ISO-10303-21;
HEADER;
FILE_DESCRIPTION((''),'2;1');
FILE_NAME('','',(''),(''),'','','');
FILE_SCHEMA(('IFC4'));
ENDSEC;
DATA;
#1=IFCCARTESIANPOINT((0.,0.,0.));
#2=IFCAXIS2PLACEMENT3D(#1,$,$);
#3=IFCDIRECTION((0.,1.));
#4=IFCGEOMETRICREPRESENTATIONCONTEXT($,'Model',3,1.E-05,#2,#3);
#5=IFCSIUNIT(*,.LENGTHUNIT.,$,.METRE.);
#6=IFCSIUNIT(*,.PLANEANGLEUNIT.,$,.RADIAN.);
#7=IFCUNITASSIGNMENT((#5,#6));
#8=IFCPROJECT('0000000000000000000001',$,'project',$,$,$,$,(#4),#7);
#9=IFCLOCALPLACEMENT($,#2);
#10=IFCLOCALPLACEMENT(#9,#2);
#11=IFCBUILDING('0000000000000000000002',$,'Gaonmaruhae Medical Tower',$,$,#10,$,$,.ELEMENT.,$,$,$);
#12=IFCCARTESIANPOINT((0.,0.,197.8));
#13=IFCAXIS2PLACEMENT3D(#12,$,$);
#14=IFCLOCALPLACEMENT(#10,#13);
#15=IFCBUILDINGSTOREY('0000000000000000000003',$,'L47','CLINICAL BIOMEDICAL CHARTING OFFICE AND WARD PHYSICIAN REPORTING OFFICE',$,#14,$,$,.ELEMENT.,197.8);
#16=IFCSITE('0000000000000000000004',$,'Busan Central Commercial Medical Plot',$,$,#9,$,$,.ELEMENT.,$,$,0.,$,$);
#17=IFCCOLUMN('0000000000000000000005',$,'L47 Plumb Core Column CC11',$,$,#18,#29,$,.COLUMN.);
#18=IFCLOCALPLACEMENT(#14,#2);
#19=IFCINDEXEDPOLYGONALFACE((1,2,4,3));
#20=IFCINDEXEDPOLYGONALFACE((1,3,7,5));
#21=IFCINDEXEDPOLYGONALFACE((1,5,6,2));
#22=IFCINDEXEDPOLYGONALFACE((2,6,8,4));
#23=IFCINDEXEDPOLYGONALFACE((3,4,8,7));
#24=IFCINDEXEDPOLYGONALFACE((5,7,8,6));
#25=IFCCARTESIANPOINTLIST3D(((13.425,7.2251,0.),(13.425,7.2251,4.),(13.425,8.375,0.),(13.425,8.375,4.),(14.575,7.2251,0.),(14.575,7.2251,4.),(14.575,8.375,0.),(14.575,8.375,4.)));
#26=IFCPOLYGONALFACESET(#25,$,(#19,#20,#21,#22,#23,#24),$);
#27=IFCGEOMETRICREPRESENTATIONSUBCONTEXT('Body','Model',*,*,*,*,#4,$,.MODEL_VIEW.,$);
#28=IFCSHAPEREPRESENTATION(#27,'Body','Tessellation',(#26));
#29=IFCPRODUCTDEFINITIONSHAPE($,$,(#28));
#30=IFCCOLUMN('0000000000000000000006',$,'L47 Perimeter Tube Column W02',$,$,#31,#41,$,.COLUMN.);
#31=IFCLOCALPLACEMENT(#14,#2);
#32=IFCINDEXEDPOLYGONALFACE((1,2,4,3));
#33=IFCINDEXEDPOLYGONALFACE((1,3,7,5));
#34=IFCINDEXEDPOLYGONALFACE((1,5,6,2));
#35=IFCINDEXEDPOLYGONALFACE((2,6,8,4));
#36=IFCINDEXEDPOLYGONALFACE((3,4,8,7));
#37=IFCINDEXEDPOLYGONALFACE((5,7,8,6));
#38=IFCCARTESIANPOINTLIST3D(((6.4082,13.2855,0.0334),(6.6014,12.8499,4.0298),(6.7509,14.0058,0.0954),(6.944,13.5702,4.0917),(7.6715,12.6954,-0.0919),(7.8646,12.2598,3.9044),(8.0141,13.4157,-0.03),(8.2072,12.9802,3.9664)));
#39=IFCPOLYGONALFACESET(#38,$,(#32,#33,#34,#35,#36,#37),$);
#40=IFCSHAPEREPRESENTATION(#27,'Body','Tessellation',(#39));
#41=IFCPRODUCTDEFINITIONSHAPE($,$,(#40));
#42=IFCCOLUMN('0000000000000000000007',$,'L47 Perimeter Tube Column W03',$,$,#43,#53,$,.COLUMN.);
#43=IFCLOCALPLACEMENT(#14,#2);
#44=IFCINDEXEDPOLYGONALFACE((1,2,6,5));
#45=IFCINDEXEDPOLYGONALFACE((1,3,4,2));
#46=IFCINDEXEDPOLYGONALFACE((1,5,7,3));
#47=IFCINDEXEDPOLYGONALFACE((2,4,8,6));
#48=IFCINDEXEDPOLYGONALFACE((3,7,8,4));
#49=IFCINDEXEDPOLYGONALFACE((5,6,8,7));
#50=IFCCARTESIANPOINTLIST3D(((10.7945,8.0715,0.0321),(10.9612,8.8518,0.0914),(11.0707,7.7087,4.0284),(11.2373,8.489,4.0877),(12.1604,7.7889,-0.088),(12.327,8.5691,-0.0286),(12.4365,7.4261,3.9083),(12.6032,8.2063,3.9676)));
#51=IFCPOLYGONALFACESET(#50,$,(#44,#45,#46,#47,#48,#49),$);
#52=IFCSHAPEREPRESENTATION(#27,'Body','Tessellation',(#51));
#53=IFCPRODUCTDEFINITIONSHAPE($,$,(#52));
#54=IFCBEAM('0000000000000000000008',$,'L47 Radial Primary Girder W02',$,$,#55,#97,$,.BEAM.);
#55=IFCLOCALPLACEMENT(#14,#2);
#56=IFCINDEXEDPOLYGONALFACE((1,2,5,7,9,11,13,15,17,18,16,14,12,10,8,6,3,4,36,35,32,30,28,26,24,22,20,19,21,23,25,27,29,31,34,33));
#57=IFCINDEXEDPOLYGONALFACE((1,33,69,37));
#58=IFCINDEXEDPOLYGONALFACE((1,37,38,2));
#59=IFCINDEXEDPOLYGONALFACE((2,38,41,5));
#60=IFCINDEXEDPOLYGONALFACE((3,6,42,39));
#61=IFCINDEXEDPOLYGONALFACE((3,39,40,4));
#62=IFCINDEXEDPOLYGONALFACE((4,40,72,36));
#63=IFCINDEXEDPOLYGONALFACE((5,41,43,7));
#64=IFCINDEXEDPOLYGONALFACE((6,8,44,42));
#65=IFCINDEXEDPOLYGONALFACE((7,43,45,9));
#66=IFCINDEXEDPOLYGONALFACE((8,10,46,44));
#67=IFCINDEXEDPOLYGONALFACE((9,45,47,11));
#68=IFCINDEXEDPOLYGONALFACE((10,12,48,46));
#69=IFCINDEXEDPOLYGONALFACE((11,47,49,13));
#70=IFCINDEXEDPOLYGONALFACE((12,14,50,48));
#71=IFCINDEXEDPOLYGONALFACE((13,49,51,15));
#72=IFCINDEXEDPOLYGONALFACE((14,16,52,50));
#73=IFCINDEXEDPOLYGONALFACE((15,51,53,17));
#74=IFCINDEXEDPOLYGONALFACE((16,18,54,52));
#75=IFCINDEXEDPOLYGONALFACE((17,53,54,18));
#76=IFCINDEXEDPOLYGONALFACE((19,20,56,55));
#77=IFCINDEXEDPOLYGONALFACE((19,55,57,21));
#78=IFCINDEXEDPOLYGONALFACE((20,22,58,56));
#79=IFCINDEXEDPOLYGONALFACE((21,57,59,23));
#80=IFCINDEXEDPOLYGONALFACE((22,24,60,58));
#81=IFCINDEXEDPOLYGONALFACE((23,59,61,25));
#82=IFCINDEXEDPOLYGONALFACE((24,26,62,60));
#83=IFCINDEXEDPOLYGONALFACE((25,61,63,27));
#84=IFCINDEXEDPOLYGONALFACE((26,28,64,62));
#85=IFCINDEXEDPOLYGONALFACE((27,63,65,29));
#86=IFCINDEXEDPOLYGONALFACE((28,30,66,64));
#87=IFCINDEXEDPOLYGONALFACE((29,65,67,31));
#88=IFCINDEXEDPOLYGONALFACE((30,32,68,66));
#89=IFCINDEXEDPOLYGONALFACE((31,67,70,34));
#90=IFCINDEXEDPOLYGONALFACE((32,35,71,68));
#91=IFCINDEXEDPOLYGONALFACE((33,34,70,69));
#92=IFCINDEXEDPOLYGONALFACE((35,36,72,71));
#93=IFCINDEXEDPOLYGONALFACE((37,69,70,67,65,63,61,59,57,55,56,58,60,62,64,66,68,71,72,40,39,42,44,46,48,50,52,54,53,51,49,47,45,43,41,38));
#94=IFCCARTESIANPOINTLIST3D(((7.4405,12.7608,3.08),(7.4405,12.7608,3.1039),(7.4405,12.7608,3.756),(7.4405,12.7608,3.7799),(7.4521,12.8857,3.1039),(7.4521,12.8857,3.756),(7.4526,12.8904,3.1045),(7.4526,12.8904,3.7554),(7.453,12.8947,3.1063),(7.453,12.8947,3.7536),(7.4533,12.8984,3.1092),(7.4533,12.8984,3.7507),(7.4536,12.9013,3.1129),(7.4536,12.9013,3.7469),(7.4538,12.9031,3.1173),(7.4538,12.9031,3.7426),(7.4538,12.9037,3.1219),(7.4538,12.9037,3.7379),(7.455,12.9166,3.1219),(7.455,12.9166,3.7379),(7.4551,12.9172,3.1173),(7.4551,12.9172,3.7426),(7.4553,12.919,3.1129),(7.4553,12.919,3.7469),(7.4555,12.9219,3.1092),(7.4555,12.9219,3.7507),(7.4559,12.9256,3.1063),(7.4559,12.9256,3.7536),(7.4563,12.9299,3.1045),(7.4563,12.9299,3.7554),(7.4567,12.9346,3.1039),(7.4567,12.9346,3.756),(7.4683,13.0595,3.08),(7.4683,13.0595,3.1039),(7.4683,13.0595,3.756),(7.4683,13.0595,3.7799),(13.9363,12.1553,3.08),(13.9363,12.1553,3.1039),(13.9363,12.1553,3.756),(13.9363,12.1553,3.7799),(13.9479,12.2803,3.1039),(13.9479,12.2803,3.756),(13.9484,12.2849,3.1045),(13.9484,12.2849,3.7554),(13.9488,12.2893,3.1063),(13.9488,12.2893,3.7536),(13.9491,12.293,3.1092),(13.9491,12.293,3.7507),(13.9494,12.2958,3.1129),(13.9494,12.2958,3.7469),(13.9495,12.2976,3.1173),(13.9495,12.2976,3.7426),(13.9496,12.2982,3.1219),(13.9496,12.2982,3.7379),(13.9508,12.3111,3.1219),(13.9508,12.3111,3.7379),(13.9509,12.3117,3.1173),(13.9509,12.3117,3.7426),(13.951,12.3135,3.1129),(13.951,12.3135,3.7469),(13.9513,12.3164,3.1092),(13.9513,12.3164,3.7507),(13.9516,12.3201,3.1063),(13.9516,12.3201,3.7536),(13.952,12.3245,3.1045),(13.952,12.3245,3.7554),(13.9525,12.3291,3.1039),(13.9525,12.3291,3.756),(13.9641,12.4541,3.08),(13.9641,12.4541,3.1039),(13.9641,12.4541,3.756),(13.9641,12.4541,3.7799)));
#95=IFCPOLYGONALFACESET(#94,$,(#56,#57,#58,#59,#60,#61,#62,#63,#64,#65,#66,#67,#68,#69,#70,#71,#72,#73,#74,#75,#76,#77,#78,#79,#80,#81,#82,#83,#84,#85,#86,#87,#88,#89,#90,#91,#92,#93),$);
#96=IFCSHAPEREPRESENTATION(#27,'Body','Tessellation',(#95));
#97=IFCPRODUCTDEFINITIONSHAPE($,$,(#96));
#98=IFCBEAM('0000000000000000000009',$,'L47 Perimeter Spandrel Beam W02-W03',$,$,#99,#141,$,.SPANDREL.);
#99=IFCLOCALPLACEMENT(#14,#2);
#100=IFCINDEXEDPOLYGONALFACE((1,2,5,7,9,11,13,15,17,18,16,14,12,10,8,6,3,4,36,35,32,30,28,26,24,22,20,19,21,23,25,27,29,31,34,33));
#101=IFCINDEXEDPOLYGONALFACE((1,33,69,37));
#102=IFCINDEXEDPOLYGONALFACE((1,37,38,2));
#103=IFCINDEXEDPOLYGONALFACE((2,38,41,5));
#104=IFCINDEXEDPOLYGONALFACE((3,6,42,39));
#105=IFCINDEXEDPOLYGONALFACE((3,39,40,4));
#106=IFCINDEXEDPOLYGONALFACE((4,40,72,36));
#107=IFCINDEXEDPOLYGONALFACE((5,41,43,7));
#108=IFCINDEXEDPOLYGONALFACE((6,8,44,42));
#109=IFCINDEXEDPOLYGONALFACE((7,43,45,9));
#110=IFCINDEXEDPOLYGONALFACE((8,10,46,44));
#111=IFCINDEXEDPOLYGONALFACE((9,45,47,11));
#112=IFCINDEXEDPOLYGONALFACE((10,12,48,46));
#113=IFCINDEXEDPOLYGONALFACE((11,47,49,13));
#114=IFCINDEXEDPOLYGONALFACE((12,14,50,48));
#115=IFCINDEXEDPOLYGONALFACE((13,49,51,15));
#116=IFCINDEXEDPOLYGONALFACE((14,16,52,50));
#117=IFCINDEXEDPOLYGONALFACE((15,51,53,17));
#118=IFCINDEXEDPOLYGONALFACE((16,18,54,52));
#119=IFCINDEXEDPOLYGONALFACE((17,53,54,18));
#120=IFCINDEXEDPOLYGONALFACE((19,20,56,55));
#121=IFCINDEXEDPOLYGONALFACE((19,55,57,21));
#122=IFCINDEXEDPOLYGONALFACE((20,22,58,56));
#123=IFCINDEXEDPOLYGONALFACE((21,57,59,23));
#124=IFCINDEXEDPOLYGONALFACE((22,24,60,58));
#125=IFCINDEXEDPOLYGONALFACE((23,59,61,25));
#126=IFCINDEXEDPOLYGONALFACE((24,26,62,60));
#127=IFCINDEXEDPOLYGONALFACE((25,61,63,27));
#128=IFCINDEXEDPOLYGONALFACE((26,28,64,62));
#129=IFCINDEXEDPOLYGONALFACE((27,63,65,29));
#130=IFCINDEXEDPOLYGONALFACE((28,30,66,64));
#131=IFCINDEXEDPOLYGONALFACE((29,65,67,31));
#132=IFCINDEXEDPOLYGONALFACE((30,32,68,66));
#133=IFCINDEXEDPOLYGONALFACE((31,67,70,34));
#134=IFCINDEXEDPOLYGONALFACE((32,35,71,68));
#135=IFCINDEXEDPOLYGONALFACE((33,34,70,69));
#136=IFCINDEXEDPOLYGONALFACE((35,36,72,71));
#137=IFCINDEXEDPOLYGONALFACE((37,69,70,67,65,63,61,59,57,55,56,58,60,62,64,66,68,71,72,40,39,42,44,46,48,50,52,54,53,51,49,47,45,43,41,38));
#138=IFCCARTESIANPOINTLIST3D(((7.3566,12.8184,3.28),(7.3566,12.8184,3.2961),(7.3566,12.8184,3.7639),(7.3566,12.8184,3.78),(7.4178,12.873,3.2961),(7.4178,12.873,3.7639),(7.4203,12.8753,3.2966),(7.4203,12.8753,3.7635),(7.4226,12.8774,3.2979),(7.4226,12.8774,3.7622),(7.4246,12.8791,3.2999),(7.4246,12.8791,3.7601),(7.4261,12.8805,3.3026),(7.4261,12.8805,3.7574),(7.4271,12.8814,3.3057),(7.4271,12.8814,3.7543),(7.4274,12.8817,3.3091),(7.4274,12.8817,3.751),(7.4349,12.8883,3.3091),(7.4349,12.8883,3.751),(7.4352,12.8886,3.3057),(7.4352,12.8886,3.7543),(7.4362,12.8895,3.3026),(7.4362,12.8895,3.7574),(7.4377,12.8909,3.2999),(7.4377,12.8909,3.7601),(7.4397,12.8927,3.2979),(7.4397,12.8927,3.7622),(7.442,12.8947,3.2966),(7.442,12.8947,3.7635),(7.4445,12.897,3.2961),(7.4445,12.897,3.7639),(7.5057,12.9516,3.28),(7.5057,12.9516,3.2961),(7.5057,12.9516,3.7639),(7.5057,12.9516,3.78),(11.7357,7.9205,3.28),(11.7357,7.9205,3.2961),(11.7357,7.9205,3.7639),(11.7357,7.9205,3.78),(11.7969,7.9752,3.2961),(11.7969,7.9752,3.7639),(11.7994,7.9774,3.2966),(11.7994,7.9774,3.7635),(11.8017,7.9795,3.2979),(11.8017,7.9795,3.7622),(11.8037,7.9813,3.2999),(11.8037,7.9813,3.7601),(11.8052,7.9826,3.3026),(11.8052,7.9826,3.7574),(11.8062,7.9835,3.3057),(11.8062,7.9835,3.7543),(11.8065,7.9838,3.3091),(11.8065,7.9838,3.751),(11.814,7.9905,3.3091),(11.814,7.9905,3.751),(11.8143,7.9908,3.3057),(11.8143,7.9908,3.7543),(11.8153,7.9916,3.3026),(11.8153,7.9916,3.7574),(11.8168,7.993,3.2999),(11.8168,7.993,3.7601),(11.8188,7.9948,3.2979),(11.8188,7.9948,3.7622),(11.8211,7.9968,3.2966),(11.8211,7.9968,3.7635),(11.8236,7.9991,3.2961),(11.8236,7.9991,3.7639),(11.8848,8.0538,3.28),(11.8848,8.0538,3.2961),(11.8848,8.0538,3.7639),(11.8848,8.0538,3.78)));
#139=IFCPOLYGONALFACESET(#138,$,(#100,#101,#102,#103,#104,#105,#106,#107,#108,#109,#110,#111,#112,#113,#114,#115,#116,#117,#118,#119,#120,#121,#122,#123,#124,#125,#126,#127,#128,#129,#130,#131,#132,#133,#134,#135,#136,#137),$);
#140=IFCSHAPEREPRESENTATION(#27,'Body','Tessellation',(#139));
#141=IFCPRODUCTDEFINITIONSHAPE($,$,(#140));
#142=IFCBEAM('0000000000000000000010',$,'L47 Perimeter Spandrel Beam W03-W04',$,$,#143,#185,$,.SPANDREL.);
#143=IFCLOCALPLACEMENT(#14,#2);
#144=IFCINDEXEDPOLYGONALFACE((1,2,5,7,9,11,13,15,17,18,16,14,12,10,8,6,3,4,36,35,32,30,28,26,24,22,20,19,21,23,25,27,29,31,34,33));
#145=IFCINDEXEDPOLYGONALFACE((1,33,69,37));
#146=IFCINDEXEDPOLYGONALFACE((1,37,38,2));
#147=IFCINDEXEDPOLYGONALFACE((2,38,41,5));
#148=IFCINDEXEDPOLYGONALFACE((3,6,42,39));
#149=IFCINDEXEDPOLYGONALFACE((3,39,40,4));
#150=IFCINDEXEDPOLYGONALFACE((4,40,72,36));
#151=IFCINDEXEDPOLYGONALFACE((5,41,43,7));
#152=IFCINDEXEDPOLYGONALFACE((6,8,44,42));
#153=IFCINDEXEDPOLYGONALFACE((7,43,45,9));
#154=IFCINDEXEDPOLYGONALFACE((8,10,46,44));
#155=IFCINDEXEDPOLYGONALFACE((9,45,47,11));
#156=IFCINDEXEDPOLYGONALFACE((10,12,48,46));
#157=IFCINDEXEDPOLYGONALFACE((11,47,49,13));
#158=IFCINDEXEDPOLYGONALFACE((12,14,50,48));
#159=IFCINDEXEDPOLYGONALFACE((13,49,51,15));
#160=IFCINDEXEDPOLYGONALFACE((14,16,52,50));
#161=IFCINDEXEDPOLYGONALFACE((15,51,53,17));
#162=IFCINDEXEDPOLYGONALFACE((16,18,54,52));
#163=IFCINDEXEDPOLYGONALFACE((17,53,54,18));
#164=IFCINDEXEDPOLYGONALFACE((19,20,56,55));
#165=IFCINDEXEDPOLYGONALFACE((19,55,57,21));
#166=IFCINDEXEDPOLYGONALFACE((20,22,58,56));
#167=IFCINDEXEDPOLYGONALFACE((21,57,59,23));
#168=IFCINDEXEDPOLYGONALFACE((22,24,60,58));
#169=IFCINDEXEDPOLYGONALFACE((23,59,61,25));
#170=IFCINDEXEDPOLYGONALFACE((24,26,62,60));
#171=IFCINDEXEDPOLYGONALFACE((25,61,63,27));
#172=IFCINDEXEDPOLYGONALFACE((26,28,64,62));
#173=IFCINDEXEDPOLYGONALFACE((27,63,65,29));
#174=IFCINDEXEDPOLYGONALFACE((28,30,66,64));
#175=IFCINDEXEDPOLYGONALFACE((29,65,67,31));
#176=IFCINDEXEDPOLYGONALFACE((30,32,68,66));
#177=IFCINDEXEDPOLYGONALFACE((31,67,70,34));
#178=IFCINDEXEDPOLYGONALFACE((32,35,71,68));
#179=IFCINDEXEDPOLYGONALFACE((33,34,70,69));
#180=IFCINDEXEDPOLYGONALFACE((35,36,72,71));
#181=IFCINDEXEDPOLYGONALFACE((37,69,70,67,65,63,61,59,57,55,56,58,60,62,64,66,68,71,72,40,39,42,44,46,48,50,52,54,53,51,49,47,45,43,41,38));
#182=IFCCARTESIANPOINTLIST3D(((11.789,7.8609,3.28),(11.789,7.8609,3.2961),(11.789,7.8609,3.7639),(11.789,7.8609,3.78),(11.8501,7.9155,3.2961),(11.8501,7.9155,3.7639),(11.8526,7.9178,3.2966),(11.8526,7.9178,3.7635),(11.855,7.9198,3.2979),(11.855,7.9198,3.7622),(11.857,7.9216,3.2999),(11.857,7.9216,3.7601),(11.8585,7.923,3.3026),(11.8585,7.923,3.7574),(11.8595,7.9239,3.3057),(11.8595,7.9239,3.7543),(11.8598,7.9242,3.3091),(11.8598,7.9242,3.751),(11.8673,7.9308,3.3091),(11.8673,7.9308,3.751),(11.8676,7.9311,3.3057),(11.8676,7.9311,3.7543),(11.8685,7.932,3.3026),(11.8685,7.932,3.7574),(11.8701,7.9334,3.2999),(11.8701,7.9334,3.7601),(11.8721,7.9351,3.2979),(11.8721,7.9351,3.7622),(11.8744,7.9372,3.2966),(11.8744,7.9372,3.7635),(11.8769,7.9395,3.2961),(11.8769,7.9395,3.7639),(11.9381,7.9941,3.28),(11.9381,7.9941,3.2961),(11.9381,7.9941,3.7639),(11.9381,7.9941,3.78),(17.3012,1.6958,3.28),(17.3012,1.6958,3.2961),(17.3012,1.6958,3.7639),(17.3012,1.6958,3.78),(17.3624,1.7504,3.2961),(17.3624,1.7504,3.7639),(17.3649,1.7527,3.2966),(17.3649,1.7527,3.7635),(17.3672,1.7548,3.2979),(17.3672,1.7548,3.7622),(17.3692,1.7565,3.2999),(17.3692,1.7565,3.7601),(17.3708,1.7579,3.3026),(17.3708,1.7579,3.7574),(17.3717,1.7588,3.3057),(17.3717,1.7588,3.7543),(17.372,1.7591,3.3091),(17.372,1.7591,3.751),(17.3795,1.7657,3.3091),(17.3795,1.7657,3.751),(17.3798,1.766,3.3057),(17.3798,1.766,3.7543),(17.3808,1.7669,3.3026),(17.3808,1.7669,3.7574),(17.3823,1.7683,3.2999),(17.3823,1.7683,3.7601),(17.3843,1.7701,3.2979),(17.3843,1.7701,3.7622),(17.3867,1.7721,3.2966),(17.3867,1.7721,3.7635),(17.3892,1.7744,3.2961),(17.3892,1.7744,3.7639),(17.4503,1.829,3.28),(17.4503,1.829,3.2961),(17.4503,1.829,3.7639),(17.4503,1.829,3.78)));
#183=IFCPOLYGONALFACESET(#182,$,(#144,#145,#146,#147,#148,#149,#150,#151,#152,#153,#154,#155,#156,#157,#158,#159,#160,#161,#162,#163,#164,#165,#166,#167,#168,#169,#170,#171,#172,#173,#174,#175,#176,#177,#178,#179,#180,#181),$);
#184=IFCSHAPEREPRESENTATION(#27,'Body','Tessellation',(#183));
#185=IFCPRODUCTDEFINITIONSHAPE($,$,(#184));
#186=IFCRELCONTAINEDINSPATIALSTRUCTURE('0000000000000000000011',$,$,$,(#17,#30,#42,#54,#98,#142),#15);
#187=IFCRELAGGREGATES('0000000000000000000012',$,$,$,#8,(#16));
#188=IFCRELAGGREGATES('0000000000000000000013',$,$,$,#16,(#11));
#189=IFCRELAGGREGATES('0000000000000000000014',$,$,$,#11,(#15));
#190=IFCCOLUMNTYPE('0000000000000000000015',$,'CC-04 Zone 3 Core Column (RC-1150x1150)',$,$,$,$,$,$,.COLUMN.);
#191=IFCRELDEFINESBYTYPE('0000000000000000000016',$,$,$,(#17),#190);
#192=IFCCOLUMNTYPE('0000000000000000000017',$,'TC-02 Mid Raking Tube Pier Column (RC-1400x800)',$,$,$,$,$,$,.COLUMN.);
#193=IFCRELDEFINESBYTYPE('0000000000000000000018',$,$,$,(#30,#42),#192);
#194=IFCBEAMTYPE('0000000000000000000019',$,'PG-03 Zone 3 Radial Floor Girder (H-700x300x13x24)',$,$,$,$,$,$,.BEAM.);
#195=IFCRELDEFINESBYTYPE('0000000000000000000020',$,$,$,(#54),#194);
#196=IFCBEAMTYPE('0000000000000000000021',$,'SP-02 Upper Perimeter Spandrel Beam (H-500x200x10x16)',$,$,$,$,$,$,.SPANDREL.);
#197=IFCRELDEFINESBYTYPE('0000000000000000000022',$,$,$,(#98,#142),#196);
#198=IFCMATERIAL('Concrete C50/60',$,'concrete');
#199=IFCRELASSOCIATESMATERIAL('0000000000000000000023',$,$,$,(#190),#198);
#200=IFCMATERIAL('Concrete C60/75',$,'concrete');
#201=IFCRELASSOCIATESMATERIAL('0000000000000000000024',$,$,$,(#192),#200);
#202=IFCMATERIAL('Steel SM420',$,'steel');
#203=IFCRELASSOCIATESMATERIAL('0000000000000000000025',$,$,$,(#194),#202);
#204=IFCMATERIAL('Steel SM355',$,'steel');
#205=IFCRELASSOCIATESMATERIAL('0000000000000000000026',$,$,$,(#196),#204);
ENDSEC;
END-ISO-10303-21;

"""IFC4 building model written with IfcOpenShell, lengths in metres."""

from ifc_helpers import new_model, si_unit, direction, frame, origin, origin_2d, place, context, subcontext, project, spatial, rectangle, i_section, extrude, material, material_profile, profile_set, type_object, element, save


model = new_model("IFC4")

# Units and contexts
model_context = context("Model", 3, precision=1e-05, world=origin(), true_north=direction((0.0, 1.0)))
body_context = subcontext(model_context, "Body", "Model", "MODEL_VIEW")
ifc_project = project(units=[si_unit("LENGTHUNIT", "METRE"), si_unit("PLANEANGLEUNIT", "RADIAN")], contexts=[model_context])

# Site, building, storey
site_placement = place(None, origin())
site = spatial("IfcSite", under=ifc_project, at=site_placement, Name="Busan Central Commercial Medical Plot", CompositionType="ELEMENT", RefElevation=0.0)
building_placement = place(site_placement, origin())
building = spatial("IfcBuilding", under=site, at=building_placement, Name="Gaonmaruhae Medical Tower", CompositionType="ELEMENT")
storey_placement = place(building_placement, frame((0.0, 0.0, 197.8)))
storey = spatial("IfcBuildingStorey", under=building, at=storey_placement, Name="L47", Description="CLINICAL BIOMEDICAL CHARTING OFFICE AND WARD PHYSICIAN REPORTING OFFICE", CompositionType="ELEMENT", Elevation=197.8)

# Columns
ifc_material_1 = material(Name="Concrete C50/60", Category="concrete")
ifc_material_profile_1 = material_profile(ifc_material_1, rectangle(XDim=1.1499, YDim=1.1499, at=origin_2d()), Name="RC-1150x1150")
ifc_profile_set_1 = profile_set([ifc_material_profile_1], Name="Concrete C50/60")
column_type_1 = type_object("IfcColumnType", Name="CC-04 Zone 3 Core Column (RC-1150x1150)", PredefinedType="COLUMN", material=ifc_profile_set_1)
column_1_placement = place(storey_placement, frame((14.0, 7.8, 0.0), z_axis=(0.0, 0.0, 1.0), x_axis=(1.0, 0.0, 0.0)))
element("IfcColumn", 1, at=column_1_placement, inside=storey, type_object=column_type_1, Name="L47 Plumb Core Column CC11", PredefinedType="COLUMN", context=body_context, shape_type="SweptSolid", body=[
    extrude(rectangle(XDim=1.1499, YDim=1.1499, at=origin_2d()), origin(), (0.0, 0.0, 1.0), 4.0),
])
ifc_material_2 = material(Name="Concrete C60/75", Category="concrete")
ifc_material_profile_2 = material_profile(ifc_material_2, rectangle(XDim=1.3999, YDim=0.8, at=origin_2d()), Name="RC-1400x800")
ifc_profile_set_2 = profile_set([ifc_material_profile_2], Name="Concrete C60/75")
column_type_2 = type_object("IfcColumnType", Name="TC-02 Mid Raking Tube Pier Column (RC-1400x800)", PredefinedType="COLUMN", material=ifc_profile_set_2)
column_2_placement = place(storey_placement, frame((7.2112, 13.3506, 0.0017), z_axis=(0.047983, -0.10822, 0.992968), x_axis=(-0.902387, 0.42152, 0.089546)))
element("IfcColumn", 2, at=column_2_placement, inside=storey, type_object=column_type_2, Name="L47 Perimeter Tube Column W02", PredefinedType="COLUMN", context=body_context, shape_type="SweptSolid", body=[
    extrude(rectangle(XDim=1.3999, YDim=0.8, at=origin_2d()), origin(), (0.0, 0.0, 1.0), 4.0247),
])
column_3_placement = place(storey_placement, frame((11.5608, 8.3203, 0.0017), z_axis=(0.068649, -0.090196, 0.993555), x_axis=(-0.975646, 0.2019, 0.08574)))
element("IfcColumn", 3, at=column_3_placement, inside=storey, type_object=column_type_2, Name="L47 Perimeter Tube Column W03", PredefinedType="COLUMN", context=body_context, shape_type="SweptSolid", body=[
    extrude(rectangle(XDim=1.3999, YDim=0.8, at=origin_2d()), origin(), (0.0, 0.0, 1.0), 4.0222),
])

# Beams
ifc_material_3 = material(Name="Steel SM420", Category="steel")
ifc_material_profile_3 = material_profile(ifc_material_3, i_section(OverallWidth=0.3, OverallDepth=0.7, WebThickness=0.0129, FlangeThickness=0.0239, FilletRadius=0.0181, at=origin_2d()), Name="H-700x300x13x24")
ifc_profile_set_3 = profile_set([ifc_material_profile_3], Name="Steel SM420")
beam_type_1 = type_object("IfcBeamType", Name="PG-03 Zone 3 Radial Floor Girder (H-700x300x13x24)", PredefinedType="BEAM", material=ifc_profile_set_3)
beam_1_placement = place(storey_placement, frame((13.9502, 12.3047, 3.4299), z_axis=(-0.995684, 0.092806, 0.0), x_axis=(-0.092806, -0.995684, 0.0)))
element("IfcBeam", 4, at=beam_1_placement, inside=storey, type_object=beam_type_1, Name="L47 Radial Primary Girder W02", PredefinedType="BEAM", context=body_context, shape_type="SweptSolid", body=[
    extrude(i_section(OverallWidth=0.3, OverallDepth=0.7, WebThickness=0.0129, FlangeThickness=0.0239, FilletRadius=0.0181, at=origin_2d()), origin(), (0.0, 0.0, 1.0), 6.5239),
])
ifc_material_4 = material(Name="Steel SM355", Category="steel")
ifc_material_profile_4 = material_profile(ifc_material_4, i_section(OverallWidth=0.2, OverallDepth=0.5, WebThickness=0.01, FlangeThickness=0.0161, FilletRadius=0.0129, at=origin_2d()), Name="H-500x200x10x16")
ifc_profile_set_4 = profile_set([ifc_material_profile_4], Name="Steel SM355")
beam_type_2 = type_object("IfcBeamType", Name="SP-02 Upper Perimeter Spandrel Beam (H-500x200x10x16)", PredefinedType="SPANDREL", material=ifc_profile_set_4)
beam_2_placement = place(storey_placement, frame((7.4312, 12.885, 3.53), z_axis=(0.666522, -0.745485, 0.0), x_axis=(0.745485, 0.666522, 0.0)))
element("IfcBeam", 5, at=beam_2_placement, inside=storey, type_object=beam_type_2, Name="L47 Perimeter Spandrel Beam W02-W03", PredefinedType="SPANDREL", context=body_context, shape_type="SweptSolid", body=[
    extrude(i_section(OverallWidth=0.2, OverallDepth=0.5, WebThickness=0.01, FlangeThickness=0.0161, FilletRadius=0.0129, at=origin_2d()), origin(), (0.0, 0.0, 1.0), 6.5701),
])
beam_3_placement = place(storey_placement, frame((11.8635, 7.9275, 3.53), z_axis=(0.666534, -0.745474, 0.0), x_axis=(0.745474, 0.666534, 0.0)))
element("IfcBeam", 6, at=beam_3_placement, inside=storey, type_object=beam_type_2, Name="L47 Perimeter Spandrel Beam W03-W04", PredefinedType="SPANDREL", context=body_context, shape_type="SweptSolid", body=[
    extrude(i_section(OverallWidth=0.2, OverallDepth=0.5, WebThickness=0.01, FlangeThickness=0.0161, FilletRadius=0.0129, at=origin_2d()), origin(), (0.0, 0.0, 1.0), 8.27),
])

save(model, "model.ifc")
